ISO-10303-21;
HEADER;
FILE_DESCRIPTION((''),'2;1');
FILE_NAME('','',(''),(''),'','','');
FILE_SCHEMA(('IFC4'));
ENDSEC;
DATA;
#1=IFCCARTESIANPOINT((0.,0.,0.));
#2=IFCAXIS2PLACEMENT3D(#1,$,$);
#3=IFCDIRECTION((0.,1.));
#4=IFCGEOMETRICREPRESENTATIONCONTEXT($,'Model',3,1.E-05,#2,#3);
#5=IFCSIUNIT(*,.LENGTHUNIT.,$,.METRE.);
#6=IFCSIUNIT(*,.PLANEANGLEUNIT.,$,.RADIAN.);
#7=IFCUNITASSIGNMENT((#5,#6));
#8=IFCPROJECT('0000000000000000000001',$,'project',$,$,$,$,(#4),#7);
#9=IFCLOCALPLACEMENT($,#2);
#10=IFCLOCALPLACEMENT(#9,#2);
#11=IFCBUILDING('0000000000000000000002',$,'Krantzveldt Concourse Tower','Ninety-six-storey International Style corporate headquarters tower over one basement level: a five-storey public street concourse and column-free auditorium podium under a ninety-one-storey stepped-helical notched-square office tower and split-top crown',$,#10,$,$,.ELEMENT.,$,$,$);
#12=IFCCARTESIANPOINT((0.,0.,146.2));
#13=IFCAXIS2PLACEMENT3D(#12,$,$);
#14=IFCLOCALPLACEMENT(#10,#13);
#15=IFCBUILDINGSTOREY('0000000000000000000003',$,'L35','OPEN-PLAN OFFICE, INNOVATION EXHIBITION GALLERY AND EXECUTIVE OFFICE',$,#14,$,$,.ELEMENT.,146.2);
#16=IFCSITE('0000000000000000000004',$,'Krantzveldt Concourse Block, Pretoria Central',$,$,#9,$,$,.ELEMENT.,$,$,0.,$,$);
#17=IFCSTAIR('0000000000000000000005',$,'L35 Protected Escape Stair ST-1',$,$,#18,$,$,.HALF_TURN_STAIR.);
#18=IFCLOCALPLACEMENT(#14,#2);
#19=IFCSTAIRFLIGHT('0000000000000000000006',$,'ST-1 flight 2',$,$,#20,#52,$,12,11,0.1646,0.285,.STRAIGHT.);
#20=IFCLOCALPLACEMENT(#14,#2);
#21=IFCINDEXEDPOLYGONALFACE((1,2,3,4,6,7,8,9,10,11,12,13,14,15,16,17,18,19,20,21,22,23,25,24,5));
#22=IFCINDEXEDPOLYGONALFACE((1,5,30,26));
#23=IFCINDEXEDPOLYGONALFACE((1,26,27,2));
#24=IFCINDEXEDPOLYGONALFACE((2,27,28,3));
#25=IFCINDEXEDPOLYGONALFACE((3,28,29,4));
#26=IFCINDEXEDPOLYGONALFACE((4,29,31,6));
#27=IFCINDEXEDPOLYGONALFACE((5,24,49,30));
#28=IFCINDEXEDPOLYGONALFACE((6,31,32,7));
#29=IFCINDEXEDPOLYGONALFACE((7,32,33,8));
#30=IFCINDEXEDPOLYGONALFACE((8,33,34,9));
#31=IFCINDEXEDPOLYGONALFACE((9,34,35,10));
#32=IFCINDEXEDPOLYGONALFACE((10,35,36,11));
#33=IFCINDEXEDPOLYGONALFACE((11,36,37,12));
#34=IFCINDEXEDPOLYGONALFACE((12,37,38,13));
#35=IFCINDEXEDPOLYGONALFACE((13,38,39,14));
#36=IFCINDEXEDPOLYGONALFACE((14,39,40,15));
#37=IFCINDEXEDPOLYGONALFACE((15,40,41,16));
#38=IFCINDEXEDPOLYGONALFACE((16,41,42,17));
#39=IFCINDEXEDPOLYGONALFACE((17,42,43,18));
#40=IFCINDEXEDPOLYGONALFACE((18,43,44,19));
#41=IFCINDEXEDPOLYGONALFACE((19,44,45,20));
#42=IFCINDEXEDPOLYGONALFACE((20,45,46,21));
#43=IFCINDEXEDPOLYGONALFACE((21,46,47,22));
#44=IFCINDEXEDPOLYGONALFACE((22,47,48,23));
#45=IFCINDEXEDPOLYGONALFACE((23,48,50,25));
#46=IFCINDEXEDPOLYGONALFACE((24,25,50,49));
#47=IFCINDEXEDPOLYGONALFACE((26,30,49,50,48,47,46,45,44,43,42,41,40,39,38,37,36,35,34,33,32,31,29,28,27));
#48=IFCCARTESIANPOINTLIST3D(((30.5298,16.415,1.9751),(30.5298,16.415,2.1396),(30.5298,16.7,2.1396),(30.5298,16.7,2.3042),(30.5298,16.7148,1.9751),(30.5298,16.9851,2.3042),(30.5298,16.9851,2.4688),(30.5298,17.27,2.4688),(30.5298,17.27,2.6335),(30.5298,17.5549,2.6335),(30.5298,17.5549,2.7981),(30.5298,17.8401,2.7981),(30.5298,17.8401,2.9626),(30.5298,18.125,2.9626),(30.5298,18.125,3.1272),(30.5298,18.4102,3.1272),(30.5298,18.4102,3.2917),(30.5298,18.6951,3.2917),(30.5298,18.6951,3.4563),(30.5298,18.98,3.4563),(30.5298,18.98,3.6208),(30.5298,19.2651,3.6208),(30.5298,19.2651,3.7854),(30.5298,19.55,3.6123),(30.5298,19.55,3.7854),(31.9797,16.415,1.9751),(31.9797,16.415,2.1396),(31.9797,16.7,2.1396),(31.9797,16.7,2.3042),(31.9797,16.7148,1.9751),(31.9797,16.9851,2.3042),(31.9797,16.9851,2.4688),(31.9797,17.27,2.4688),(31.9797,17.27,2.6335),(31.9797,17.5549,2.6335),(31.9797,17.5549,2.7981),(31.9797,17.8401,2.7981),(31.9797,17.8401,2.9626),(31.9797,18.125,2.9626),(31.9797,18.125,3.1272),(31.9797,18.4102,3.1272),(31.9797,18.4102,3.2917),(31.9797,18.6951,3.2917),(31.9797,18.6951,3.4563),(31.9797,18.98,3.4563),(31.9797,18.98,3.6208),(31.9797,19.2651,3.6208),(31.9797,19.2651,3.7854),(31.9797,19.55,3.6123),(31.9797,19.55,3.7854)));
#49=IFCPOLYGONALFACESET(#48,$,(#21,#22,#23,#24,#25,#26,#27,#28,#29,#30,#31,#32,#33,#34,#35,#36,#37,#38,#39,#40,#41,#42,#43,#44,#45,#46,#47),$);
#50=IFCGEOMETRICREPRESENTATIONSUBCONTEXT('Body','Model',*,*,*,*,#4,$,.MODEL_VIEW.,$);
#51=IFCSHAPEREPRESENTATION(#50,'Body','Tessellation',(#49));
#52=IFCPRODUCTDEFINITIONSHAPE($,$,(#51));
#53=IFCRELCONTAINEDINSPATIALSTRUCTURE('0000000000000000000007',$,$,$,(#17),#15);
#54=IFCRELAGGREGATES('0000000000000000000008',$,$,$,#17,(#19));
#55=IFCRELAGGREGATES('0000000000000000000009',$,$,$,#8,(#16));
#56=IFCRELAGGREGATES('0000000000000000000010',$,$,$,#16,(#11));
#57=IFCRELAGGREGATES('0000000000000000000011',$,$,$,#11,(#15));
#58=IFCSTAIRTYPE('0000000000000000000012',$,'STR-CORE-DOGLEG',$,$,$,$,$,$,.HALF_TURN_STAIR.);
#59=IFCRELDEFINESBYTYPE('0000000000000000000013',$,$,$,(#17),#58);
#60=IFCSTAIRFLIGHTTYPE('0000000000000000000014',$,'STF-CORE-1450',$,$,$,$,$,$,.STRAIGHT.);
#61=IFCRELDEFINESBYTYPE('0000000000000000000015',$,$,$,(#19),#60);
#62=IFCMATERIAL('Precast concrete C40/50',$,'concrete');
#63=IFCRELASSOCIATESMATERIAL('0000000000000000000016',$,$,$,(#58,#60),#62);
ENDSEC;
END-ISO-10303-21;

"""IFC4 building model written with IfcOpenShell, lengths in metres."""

from ifc_helpers import new_model, si_unit, direction, frame, origin, place, context, subcontext, project, spatial, polyline, outline, extrude, material, type_object, element, aggregate, save


model = new_model("IFC4")

# Units and contexts
model_context = context("Model", 3, precision=1e-05, world=origin(), true_north=direction((0.0, 1.0)))
body_context = subcontext(model_context, "Body", "Model", "MODEL_VIEW")
ifc_project = project(units=[si_unit("LENGTHUNIT", "METRE"), si_unit("PLANEANGLEUNIT", "RADIAN")], contexts=[model_context])

# Site, building, storey
site_placement = place(None, origin())
site = spatial("IfcSite", under=ifc_project, at=site_placement, Name="Krantzveldt Concourse Block, Pretoria Central", CompositionType="ELEMENT", RefElevation=0.0)
building_placement = place(site_placement, origin())
building = spatial("IfcBuilding", under=site, at=building_placement, Name="Krantzveldt Concourse Tower", Description="Ninety-six-storey International Style corporate headquarters tower over one basement level: a five-storey public street concourse and column-free auditorium podium under a ninety-one-storey stepped-helical notched-square office tower and split-top crown", CompositionType="ELEMENT")
storey_placement = place(building_placement, frame((0.0, 0.0, 146.2)))
storey = spatial("IfcBuildingStorey", under=building, at=storey_placement, Name="L35", Description="OPEN-PLAN OFFICE, INNOVATION EXHIBITION GALLERY AND EXECUTIVE OFFICE", CompositionType="ELEMENT", Elevation=146.2)

# Stair, stair flight
ifc_material_1 = material(Name="Precast concrete C40/50", Category="concrete")
stair_type = type_object("IfcStairType", Name="STR-CORE-DOGLEG", PredefinedType="HALF_TURN_STAIR", material=ifc_material_1)
stair_placement = place(storey_placement, origin())
stair = element("IfcStair", 1, at=stair_placement, inside=storey, type_object=stair_type, Name="L35 Protected Escape Stair ST-1", PredefinedType="HALF_TURN_STAIR")
stair_flight_type = type_object("IfcStairFlightType", Name="STF-CORE-1450", PredefinedType="STRAIGHT", material=ifc_material_1)
stair_flight_1_placement = place(storey_placement, frame((31.2549, 16.415, 1.9751), z_axis=(0.0, 0.0, 1.0), x_axis=(0.0, 1.0, 0.0)))
stair_flight_1 = element("IfcStairFlight", 2, at=stair_flight_1_placement, type_object=stair_flight_type, Name="ST-1 flight 2", NumberOfRisers=12, NumberOfTreads=11, PredefinedType="STRAIGHT", RiserHeight=0.1646, TreadLength=0.285, context=body_context, shape_type="SweptSolid", body=[
    extrude(outline(polyline([(0.0, 0.0), (0.0, 0.1646), (0.2849, 0.1646), (0.2849, 0.3291), (0.5701, 0.3291), (0.5701, 0.4937), (0.855, 0.4937), (0.855, 0.6584), (1.1399, 0.6584), (1.1399, 0.823), (1.425, 0.823), (1.425, 0.9875), (1.71, 0.9875), (1.71, 1.1521), (1.9951, 1.1521), (1.9951, 1.3167), (2.28, 1.3167), (2.28, 1.4812), (2.5649, 1.4812), (2.5649, 1.6458), (2.8501, 1.6458), (2.8501, 1.8103), (3.135, 1.8103), (3.135, 1.9751), (3.135, 1.6372), (0.2998, 0.0), (0.0, 0.0)])), frame((0.0, 0.7251, 0.0), z_axis=(0.0, -1.0, 0.0), x_axis=(1.0, 0.0, 0.0)), (0.0, 0.0, 1.0), 1.45),
])
aggregate(stair, [stair_flight_1])

save(model, "model.ifc")
